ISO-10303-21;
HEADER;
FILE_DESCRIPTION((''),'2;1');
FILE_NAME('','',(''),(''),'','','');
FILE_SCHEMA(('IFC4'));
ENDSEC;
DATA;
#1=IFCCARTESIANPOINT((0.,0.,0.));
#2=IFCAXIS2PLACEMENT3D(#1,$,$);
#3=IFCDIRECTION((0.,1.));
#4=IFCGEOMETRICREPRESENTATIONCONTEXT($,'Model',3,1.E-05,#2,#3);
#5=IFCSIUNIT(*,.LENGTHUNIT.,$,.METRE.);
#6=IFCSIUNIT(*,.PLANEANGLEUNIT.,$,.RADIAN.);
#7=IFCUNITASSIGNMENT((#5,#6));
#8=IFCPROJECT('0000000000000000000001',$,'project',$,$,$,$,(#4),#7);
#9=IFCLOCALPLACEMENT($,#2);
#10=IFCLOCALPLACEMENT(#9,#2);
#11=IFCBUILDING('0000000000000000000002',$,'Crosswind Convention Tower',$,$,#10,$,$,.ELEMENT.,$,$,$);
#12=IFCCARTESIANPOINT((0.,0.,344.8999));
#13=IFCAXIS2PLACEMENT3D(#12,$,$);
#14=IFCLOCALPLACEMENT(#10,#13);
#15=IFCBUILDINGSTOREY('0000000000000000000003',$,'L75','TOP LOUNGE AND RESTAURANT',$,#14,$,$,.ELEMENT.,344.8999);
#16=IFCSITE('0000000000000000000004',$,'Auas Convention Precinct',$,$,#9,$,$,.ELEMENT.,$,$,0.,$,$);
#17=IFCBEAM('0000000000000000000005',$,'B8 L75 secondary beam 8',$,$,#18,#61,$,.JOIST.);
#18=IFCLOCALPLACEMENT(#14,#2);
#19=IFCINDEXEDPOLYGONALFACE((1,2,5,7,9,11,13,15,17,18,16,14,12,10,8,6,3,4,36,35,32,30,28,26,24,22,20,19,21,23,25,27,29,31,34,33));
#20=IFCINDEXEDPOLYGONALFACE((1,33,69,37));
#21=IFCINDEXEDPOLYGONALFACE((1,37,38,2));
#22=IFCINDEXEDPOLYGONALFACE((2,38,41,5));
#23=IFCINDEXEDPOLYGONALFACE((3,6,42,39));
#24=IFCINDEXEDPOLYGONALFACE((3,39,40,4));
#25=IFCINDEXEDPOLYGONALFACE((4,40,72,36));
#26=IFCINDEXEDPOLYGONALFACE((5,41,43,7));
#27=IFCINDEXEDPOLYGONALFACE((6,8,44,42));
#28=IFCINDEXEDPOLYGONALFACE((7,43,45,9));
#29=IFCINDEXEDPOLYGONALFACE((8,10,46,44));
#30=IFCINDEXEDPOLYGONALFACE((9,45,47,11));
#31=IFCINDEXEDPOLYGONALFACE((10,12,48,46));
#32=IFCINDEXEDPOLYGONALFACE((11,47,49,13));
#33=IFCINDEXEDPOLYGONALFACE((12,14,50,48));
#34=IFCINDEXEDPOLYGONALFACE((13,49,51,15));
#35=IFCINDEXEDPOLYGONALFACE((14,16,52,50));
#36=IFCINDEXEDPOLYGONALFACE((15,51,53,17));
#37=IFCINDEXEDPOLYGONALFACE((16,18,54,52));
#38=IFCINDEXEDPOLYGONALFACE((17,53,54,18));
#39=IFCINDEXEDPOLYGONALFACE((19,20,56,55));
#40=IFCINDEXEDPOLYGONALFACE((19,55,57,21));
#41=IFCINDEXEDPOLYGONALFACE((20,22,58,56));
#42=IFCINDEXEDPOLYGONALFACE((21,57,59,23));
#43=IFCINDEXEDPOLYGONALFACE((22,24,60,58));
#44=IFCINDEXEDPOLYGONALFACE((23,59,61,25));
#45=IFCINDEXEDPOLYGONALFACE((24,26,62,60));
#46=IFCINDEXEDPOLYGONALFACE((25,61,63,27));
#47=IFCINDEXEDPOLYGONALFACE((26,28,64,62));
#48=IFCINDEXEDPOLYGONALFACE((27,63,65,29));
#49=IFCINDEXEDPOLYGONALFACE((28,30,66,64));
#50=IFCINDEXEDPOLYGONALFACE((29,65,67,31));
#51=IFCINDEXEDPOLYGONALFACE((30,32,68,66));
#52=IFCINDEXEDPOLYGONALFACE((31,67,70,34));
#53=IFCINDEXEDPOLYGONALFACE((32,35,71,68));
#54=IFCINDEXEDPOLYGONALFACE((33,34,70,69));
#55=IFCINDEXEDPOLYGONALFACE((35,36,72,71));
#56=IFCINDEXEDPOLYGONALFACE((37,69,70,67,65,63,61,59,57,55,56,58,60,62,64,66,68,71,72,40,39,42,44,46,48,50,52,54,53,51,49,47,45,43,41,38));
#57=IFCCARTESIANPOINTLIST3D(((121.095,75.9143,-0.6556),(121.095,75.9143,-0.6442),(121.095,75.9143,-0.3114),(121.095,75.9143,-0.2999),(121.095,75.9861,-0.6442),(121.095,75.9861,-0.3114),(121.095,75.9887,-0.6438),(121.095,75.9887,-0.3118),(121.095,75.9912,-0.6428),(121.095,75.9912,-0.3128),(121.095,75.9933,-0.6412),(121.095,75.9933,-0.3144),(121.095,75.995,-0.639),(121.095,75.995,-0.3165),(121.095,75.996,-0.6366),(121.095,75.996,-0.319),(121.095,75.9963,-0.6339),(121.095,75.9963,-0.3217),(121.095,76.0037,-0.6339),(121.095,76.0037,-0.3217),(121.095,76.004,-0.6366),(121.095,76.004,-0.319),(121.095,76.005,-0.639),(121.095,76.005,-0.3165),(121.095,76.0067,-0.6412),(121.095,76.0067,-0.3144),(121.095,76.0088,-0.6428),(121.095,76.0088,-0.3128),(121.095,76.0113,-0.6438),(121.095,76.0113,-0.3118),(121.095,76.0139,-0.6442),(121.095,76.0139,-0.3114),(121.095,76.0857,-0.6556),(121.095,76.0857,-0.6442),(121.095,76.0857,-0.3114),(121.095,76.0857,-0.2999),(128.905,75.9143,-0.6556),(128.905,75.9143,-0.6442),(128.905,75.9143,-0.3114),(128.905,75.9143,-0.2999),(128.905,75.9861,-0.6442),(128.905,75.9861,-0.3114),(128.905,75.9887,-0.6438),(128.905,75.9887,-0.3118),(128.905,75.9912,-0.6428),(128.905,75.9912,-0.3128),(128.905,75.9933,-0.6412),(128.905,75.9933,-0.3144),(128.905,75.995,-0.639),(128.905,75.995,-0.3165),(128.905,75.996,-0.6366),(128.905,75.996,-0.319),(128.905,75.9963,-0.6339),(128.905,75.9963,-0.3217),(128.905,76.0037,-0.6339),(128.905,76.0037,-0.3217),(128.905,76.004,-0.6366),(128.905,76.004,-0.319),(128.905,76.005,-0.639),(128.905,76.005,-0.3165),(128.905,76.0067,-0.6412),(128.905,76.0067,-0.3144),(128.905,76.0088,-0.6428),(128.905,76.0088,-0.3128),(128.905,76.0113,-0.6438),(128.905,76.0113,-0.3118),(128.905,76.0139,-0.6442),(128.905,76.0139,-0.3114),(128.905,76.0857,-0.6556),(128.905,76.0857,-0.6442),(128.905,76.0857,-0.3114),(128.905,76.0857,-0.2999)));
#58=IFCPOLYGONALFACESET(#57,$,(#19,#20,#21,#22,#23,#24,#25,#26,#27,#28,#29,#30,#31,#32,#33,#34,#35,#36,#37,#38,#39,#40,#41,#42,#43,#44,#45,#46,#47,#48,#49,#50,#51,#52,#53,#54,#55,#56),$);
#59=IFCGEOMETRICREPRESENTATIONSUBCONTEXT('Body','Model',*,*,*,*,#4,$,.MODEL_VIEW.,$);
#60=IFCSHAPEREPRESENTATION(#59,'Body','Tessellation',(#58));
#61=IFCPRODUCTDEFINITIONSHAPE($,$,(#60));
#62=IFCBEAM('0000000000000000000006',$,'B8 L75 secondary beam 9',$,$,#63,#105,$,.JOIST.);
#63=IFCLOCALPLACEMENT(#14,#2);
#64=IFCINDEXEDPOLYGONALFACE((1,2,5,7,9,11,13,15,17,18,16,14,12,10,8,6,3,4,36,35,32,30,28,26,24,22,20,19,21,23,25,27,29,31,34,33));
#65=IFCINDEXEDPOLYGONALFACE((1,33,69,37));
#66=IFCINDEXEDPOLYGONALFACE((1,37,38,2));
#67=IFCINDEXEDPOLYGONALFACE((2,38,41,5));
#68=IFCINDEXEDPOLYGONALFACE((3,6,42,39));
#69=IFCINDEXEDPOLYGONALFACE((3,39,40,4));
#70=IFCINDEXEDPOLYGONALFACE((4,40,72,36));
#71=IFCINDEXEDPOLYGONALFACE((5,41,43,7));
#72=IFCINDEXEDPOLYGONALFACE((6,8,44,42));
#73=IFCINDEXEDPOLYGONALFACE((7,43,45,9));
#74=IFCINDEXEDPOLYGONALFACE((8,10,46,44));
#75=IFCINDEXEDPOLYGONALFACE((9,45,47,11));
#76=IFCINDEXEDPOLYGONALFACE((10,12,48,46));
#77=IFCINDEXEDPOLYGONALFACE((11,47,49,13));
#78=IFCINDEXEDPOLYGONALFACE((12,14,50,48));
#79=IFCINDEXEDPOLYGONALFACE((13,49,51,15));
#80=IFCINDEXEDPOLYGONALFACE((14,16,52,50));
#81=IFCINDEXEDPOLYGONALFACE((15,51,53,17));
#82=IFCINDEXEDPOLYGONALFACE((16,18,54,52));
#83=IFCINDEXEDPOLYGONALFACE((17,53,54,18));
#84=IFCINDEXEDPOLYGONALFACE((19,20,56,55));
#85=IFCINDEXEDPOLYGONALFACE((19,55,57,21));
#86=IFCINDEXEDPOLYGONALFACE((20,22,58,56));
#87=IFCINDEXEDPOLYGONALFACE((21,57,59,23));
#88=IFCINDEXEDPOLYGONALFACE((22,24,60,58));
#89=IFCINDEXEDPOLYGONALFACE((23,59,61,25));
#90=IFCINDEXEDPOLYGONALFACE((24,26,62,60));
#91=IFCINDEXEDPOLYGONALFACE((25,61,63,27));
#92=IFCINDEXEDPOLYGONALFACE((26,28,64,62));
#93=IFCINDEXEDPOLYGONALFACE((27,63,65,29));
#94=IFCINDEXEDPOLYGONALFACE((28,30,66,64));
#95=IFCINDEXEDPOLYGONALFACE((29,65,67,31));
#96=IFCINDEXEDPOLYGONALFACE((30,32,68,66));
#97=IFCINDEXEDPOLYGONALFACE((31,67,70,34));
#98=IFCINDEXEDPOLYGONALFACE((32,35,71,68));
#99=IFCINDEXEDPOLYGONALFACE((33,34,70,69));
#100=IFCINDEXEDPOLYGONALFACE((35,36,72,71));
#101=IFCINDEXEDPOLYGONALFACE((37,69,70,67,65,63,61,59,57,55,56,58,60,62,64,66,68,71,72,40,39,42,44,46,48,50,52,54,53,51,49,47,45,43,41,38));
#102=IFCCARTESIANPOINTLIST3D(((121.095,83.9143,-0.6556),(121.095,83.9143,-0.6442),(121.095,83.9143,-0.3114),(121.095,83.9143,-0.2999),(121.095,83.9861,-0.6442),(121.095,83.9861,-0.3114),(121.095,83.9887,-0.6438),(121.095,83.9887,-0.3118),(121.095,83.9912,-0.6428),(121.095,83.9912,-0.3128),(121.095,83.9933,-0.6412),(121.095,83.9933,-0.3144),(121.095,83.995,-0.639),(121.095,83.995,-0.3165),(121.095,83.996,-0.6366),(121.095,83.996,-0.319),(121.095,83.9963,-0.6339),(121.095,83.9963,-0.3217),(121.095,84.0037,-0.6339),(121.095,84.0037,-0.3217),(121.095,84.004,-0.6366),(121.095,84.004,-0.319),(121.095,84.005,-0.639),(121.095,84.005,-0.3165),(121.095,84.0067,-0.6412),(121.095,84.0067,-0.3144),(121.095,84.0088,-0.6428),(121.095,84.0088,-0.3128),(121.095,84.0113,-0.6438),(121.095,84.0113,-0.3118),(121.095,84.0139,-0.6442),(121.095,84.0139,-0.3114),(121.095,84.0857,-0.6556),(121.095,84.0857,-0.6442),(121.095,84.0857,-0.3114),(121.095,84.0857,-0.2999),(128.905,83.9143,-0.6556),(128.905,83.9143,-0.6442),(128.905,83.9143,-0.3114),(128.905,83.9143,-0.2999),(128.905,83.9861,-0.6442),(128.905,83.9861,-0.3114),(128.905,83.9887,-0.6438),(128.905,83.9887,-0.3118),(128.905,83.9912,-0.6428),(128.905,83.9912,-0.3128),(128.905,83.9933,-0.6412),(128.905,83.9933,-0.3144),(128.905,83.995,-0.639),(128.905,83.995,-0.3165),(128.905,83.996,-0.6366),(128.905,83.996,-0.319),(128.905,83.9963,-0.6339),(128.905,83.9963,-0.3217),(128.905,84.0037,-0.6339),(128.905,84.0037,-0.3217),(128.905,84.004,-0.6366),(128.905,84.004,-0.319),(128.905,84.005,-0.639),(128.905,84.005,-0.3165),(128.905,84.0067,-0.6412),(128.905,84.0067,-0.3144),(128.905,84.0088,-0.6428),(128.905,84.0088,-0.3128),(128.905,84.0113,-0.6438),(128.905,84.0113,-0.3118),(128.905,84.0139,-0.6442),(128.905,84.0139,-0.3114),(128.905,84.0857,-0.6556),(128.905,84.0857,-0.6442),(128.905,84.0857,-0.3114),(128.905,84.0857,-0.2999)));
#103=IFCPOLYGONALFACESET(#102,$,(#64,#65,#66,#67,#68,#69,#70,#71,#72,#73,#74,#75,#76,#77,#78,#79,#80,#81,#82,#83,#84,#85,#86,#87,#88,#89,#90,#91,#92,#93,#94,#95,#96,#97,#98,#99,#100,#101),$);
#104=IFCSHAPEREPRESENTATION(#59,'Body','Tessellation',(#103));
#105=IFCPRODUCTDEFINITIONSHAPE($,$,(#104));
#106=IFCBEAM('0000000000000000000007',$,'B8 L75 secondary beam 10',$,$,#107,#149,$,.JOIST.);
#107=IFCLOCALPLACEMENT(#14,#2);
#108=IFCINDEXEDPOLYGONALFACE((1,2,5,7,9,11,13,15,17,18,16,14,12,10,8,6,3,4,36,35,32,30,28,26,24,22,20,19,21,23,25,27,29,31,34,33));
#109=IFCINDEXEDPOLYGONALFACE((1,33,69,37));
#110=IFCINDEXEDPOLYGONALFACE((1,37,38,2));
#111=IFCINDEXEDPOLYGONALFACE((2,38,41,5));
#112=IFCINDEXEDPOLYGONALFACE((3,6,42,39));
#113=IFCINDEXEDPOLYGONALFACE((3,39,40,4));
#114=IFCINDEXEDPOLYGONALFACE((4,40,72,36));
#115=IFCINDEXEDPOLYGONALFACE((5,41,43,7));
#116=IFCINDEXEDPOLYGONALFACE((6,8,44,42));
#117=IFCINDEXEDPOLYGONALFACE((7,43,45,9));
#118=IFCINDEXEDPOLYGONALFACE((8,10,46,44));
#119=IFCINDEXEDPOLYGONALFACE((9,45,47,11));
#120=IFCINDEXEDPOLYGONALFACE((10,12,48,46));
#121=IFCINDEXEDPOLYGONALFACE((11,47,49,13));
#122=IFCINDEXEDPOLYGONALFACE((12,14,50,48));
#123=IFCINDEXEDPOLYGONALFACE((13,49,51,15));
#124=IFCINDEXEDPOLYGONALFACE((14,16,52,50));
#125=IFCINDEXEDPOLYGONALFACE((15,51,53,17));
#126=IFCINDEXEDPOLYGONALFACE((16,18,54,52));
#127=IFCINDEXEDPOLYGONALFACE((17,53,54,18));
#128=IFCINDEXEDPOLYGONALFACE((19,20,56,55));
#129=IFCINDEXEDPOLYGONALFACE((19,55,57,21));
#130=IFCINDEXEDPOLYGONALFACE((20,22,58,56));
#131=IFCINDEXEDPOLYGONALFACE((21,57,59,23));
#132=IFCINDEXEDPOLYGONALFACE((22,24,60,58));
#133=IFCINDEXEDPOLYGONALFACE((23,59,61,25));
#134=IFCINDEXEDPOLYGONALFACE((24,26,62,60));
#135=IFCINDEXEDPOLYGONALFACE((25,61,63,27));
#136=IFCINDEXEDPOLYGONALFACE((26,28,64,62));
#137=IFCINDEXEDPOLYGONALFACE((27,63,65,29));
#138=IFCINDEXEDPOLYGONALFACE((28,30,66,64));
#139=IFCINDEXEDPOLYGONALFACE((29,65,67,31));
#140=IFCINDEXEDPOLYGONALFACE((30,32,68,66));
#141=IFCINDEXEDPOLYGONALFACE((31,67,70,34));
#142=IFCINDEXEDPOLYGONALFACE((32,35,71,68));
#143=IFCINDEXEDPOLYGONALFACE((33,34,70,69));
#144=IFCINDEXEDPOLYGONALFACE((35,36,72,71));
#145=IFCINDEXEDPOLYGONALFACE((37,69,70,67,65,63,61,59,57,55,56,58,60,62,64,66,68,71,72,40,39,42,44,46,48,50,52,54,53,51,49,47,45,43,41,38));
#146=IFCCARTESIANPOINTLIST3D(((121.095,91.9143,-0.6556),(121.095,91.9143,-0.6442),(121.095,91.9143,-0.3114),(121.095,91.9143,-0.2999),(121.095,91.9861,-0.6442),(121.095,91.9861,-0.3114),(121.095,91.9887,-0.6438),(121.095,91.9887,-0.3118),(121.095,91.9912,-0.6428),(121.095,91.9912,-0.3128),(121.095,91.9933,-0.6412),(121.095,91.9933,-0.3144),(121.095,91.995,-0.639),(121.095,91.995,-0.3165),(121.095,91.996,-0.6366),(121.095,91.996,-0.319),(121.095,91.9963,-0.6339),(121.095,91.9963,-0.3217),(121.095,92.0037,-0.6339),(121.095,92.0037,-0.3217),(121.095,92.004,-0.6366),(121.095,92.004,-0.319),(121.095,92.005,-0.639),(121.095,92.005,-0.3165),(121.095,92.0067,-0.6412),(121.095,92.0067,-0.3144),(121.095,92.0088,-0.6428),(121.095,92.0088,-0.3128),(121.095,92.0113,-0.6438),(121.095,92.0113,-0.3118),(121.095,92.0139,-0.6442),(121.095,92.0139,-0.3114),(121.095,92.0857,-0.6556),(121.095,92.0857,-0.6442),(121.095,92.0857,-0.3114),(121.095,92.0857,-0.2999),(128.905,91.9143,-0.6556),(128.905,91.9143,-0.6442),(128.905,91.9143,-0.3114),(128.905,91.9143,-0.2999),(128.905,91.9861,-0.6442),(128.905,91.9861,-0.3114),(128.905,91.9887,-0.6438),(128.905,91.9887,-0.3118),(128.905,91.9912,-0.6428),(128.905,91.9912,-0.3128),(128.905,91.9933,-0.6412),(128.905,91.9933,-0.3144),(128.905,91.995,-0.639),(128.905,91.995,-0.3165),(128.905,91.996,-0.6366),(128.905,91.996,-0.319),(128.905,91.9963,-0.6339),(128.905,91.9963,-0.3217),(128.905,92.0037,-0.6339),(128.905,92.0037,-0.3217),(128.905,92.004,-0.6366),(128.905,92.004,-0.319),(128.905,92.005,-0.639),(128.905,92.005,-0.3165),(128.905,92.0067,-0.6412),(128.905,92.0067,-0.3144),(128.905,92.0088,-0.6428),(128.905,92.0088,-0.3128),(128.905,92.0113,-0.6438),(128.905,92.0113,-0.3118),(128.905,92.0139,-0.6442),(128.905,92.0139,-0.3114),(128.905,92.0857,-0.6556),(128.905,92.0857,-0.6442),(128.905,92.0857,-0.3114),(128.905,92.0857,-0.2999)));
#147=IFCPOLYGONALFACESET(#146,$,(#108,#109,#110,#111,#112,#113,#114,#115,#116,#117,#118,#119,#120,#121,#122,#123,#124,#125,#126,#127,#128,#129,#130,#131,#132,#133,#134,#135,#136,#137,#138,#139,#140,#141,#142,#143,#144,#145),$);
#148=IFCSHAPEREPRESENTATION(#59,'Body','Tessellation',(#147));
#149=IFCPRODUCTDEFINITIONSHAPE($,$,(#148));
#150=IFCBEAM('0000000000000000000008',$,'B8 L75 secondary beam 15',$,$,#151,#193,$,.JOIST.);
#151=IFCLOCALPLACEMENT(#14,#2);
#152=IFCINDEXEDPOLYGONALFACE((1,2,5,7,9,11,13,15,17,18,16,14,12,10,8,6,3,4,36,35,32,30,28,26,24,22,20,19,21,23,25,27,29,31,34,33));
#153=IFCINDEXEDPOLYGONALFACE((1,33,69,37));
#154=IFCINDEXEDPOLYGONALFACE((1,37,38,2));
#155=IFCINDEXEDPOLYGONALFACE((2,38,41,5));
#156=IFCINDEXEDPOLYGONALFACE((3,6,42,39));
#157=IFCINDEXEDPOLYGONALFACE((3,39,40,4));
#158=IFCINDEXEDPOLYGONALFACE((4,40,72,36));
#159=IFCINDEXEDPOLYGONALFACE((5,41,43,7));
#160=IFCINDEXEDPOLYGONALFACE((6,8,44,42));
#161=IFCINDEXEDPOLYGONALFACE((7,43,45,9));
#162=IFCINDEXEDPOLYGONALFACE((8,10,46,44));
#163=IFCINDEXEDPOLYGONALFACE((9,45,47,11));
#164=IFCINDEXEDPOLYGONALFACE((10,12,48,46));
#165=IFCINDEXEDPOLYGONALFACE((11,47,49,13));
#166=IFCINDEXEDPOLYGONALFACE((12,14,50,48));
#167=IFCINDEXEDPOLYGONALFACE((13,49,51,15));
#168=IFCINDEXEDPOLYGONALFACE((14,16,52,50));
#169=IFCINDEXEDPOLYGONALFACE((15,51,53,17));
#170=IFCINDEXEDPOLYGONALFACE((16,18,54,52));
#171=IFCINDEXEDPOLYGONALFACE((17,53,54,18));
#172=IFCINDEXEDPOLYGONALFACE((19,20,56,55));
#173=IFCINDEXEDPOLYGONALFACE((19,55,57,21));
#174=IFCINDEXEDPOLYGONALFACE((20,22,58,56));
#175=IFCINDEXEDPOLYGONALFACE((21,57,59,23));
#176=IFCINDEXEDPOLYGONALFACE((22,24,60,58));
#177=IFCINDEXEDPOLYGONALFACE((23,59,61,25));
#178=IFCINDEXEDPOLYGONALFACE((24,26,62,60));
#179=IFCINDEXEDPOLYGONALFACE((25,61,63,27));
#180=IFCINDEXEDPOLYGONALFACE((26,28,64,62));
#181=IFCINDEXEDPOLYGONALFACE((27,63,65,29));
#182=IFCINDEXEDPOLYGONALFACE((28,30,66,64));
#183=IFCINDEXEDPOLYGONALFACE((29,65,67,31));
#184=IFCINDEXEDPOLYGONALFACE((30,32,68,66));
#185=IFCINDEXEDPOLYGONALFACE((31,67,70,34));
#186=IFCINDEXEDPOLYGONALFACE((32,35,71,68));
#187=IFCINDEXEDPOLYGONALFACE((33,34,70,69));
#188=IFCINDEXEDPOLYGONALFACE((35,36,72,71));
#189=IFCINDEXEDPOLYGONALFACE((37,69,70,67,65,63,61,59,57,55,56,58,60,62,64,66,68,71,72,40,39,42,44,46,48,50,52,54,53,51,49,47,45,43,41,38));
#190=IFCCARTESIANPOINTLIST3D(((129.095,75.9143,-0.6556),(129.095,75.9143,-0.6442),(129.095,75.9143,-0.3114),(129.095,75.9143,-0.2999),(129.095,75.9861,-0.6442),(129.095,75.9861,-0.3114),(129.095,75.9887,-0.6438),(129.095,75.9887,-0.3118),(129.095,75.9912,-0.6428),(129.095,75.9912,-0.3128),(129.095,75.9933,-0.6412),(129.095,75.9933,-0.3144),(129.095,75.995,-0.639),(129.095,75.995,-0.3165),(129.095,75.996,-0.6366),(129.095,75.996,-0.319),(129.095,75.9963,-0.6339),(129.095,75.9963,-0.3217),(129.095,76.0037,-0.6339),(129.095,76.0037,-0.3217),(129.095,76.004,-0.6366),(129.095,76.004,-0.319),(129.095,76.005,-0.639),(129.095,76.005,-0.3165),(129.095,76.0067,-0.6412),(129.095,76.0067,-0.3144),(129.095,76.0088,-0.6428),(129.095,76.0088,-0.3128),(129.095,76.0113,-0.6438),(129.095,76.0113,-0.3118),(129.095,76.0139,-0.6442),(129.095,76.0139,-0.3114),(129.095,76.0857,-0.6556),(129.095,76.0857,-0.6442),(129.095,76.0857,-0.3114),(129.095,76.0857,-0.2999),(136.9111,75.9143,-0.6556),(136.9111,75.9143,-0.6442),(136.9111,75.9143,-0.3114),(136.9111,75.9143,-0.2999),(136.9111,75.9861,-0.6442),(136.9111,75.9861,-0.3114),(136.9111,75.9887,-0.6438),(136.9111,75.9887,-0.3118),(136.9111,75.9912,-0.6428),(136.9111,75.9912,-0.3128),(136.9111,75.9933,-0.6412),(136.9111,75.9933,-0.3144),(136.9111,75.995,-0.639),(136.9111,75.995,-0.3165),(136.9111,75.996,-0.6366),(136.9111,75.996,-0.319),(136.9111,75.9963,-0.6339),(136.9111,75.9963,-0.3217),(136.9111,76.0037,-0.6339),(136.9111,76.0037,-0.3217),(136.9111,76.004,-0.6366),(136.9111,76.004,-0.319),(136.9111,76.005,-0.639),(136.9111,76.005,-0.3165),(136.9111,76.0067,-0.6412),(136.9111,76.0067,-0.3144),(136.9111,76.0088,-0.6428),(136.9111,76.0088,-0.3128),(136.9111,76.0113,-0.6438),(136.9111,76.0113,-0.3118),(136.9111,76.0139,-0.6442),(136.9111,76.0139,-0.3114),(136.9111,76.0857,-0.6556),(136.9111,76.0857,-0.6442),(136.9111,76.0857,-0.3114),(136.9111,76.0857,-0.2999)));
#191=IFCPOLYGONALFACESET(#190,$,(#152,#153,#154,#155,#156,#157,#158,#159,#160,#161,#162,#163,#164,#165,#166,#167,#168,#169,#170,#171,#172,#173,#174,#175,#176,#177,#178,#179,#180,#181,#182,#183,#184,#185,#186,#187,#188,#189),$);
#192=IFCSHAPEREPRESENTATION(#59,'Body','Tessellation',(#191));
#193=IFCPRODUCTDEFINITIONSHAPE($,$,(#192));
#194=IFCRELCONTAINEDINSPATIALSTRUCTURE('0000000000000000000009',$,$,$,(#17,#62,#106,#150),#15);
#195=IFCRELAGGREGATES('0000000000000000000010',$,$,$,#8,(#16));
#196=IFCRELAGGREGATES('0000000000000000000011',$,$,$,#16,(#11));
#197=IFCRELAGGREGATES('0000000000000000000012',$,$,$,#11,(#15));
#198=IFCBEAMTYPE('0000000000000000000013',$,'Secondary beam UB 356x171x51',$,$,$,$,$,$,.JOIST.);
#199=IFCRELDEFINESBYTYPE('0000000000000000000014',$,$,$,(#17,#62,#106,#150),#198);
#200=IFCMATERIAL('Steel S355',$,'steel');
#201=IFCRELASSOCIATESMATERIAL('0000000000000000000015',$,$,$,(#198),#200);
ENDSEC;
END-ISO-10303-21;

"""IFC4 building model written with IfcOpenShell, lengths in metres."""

from ifc_helpers import new_model, si_unit, direction, frame, origin, origin_2d, place, context, subcontext, project, spatial, i_section, extrude, material, material_profile, profile_set, type_object, element, save


model = new_model("IFC4")

# Units and contexts
model_context = context("Model", 3, precision=1e-05, world=origin(), true_north=direction((0.0, 1.0)))
body_context = subcontext(model_context, "Body", "Model", "MODEL_VIEW")
ifc_project = project(units=[si_unit("LENGTHUNIT", "METRE"), si_unit("PLANEANGLEUNIT", "RADIAN")], contexts=[model_context])

# Site, building, storey
site_placement = place(None, origin())
site = spatial("IfcSite", under=ifc_project, at=site_placement, Name="Auas Convention Precinct", CompositionType="ELEMENT", RefElevation=0.0)
building_placement = place(site_placement, origin())
building = spatial("IfcBuilding", under=site, at=building_placement, Name="Crosswind Convention Tower", CompositionType="ELEMENT")
storey_placement = place(building_placement, frame((0.0, 0.0, 344.8999)))
storey = spatial("IfcBuildingStorey", under=building, at=storey_placement, Name="L75", Description="TOP LOUNGE AND RESTAURANT", CompositionType="ELEMENT", Elevation=344.8999)

# Shared definitions
ifc_material_1 = material(Name="Steel S355", Category="steel")

# Beams
ifc_material_profile_1 = material_profile(ifc_material_1, i_section(OverallWidth=0.1714, OverallDepth=0.3557, WebThickness=0.0073, FlangeThickness=0.0115, FilletRadius=0.0103, at=origin_2d()), Name="UB 356x171x51")
ifc_profile_set_1 = profile_set([ifc_material_profile_1], Name="Steel S355")
beam_type_1 = type_object("IfcBeamType", Name="Secondary beam UB 356x171x51", PredefinedType="JOIST", material=ifc_profile_set_1)
for number, where, z_axis, x_axis, name in (
    (1, (121.095, 76.0, -0.4778), (1.0, 0.0, 0.0), (0.0, 1.0, 0.0), "B8 L75 secondary beam 8"),
    (2, (121.095, 84.0, -0.4778), (1.0, 0.0, 0.0), (0.0, 1.0, 0.0), "B8 L75 secondary beam 9"),
    (3, (121.095, 92.0, -0.4778), (1.0, 0.0, 0.0), (0.0, 1.0, 0.0), "B8 L75 secondary beam 10"),
):
    element("IfcBeam", number, at=place(storey_placement, frame(where, z_axis=z_axis, x_axis=x_axis)), inside=storey, type_object=beam_type_1, Name=name, PredefinedType="JOIST", context=body_context, shape_type="SweptSolid", body=[
        extrude(i_section(OverallWidth=0.1714, OverallDepth=0.3557, WebThickness=0.0073, FlangeThickness=0.0115, FilletRadius=0.0103, at=origin_2d()), origin(), (0.0, 0.0, 1.0), 7.8101),
    ])
for number, where, z_axis, x_axis, name in (
    (4, (129.095, 76.0, -0.4778), (1.0, 0.0, 0.0), (0.0, 1.0, 0.0), "B8 L75 secondary beam 15"),
):
    element("IfcBeam", number, at=place(storey_placement, frame(where, z_axis=z_axis, x_axis=x_axis)), inside=storey, type_object=beam_type_1, Name=name, PredefinedType="JOIST", context=body_context, shape_type="SweptSolid", body=[
        extrude(i_section(OverallWidth=0.1714, OverallDepth=0.3557, WebThickness=0.0073, FlangeThickness=0.0115, FilletRadius=0.0103, at=origin_2d()), origin(), (0.0, 0.0, 1.0), 7.8162),
    ])

save(model, "model.ifc")
